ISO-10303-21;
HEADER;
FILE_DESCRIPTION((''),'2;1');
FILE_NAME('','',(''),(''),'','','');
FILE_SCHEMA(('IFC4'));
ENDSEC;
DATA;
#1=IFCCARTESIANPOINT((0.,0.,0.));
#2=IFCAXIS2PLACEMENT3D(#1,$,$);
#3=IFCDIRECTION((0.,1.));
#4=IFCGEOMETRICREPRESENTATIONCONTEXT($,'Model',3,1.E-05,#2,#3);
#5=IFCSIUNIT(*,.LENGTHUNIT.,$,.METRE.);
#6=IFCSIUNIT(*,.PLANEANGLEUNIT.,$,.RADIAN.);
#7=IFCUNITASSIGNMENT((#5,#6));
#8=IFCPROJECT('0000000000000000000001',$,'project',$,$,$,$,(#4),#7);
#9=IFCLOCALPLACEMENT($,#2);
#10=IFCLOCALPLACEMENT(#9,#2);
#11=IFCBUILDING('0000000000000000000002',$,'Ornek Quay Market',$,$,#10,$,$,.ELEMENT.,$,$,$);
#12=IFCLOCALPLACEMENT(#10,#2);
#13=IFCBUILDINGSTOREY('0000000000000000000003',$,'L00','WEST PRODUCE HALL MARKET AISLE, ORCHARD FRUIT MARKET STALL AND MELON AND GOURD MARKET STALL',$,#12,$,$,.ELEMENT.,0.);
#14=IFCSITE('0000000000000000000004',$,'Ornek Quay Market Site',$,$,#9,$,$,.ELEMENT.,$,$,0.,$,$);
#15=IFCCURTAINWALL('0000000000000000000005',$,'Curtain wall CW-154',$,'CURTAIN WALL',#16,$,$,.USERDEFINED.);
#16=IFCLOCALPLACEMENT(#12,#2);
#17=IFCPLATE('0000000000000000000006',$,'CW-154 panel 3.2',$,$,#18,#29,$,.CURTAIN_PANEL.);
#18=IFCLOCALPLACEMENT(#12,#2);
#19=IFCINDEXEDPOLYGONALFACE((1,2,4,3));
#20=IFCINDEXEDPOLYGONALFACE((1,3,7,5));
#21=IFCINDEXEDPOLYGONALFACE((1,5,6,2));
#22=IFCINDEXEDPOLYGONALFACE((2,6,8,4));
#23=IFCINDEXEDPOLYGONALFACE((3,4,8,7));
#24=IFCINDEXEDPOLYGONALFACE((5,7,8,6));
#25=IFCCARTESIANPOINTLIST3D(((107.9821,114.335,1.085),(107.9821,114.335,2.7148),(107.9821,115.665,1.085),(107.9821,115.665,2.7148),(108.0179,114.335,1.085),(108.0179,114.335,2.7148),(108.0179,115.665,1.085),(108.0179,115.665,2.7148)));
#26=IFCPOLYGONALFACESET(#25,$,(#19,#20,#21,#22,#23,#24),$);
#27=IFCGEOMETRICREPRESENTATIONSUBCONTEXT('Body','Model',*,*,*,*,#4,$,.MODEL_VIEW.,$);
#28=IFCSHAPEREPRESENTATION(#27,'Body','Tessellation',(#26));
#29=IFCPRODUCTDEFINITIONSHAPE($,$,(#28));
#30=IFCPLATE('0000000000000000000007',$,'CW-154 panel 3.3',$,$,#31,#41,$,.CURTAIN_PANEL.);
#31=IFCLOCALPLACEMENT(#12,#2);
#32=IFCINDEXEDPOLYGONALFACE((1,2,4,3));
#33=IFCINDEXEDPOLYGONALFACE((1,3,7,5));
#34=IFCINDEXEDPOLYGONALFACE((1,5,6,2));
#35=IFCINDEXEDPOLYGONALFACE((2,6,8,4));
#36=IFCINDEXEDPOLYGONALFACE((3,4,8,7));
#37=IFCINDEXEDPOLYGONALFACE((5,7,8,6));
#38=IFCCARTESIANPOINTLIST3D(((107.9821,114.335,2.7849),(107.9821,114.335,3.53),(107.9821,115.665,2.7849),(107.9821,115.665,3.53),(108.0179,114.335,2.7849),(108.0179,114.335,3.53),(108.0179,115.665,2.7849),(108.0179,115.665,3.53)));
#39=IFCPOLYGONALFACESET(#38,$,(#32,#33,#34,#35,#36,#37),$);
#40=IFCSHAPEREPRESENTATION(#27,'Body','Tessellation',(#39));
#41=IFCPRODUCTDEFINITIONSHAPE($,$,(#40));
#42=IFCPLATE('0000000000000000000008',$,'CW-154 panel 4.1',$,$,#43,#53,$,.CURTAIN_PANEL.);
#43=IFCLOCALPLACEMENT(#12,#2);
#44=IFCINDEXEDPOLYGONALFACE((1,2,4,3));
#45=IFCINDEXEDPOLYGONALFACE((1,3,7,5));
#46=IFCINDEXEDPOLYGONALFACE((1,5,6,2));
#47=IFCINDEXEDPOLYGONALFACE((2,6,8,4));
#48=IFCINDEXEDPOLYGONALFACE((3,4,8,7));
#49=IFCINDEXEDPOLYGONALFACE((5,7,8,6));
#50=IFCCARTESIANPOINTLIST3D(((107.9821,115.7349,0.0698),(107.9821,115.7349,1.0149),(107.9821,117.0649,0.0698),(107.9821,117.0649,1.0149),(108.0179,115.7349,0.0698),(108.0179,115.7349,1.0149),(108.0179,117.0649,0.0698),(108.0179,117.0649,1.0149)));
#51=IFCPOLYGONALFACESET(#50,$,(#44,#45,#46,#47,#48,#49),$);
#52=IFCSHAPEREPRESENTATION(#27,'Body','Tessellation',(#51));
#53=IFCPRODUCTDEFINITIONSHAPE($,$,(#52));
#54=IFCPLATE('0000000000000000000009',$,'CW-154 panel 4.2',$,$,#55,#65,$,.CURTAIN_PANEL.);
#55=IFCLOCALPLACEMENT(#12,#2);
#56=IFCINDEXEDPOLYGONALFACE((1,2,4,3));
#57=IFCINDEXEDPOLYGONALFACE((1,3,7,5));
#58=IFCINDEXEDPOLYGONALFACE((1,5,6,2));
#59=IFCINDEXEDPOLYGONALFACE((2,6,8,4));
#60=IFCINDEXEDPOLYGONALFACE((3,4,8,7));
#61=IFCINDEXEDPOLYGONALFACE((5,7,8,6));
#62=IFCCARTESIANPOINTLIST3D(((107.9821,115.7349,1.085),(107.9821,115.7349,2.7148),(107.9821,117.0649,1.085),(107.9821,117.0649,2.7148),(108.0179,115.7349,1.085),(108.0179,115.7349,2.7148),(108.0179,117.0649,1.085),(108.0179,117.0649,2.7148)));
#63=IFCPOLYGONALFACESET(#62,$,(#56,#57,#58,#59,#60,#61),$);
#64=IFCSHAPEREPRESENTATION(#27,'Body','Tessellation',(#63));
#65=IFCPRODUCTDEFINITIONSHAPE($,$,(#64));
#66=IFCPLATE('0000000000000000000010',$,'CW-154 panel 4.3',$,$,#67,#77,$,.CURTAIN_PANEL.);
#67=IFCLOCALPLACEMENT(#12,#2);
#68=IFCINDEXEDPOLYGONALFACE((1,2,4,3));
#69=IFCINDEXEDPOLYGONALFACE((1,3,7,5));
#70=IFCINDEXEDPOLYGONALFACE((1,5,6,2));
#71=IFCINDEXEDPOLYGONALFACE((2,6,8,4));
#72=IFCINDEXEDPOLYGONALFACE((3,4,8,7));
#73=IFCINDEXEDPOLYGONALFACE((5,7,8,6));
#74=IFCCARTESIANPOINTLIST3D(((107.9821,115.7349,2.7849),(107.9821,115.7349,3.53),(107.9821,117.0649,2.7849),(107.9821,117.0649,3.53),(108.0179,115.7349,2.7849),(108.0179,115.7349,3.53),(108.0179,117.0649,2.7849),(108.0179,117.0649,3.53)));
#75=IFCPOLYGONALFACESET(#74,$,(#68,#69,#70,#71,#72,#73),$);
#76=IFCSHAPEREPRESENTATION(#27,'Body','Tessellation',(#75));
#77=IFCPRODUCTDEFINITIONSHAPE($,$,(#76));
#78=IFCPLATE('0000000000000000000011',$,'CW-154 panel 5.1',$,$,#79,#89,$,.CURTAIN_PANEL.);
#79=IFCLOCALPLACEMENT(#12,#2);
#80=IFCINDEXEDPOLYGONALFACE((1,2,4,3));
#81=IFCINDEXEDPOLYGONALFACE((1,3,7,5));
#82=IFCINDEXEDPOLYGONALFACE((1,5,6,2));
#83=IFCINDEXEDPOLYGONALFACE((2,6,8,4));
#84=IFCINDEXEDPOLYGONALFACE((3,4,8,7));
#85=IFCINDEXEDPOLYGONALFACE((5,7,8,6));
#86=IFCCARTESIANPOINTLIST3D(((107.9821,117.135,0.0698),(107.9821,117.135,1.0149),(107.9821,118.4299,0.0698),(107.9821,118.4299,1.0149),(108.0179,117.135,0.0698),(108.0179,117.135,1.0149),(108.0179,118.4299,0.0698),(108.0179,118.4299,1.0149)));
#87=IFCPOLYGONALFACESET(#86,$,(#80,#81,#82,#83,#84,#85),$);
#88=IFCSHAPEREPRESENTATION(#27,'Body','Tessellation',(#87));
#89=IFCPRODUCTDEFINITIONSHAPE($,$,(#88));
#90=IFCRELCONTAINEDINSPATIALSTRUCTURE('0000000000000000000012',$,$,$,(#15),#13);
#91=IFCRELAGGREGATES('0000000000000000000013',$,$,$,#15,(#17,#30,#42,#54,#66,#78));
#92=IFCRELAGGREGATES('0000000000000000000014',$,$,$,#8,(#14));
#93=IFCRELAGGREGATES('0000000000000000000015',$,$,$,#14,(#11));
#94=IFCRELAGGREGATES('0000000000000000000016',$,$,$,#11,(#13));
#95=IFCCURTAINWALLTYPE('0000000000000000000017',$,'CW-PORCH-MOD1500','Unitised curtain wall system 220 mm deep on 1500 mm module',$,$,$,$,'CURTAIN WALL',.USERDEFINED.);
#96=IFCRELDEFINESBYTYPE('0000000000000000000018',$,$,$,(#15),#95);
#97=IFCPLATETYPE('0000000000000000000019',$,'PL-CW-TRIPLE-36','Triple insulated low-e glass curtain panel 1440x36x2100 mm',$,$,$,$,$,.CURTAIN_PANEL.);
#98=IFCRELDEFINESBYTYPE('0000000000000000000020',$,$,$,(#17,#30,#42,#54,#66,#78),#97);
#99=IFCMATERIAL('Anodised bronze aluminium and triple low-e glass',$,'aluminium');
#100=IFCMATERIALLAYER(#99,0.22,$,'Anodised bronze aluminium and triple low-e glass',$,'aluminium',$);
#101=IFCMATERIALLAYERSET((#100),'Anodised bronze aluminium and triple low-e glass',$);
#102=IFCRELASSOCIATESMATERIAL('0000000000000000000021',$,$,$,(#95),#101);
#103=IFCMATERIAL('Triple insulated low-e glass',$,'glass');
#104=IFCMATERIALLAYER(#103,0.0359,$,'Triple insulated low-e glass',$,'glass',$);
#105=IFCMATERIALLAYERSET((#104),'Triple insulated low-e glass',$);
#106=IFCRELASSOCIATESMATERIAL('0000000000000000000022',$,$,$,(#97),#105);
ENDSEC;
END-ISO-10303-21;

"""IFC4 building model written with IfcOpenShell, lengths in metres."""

from ifc_helpers import new_model, si_unit, direction, frame, origin, origin_2d, place, context, subcontext, project, spatial, rectangle, extrude, material, layer, layer_set, type_object, element, aggregate, save


model = new_model("IFC4")

# Units and contexts
model_context = context("Model", 3, precision=1e-05, world=origin(), true_north=direction((0.0, 1.0)))
body_context = subcontext(model_context, "Body", "Model", "MODEL_VIEW")
ifc_project = project(units=[si_unit("LENGTHUNIT", "METRE"), si_unit("PLANEANGLEUNIT", "RADIAN")], contexts=[model_context])

# Site, building, storey
site_placement = place(None, origin())
site = spatial("IfcSite", under=ifc_project, at=site_placement, Name="Ornek Quay Market Site", CompositionType="ELEMENT", RefElevation=0.0)
building_placement = place(site_placement, origin())
building = spatial("IfcBuilding", under=site, at=building_placement, Name="Ornek Quay Market", CompositionType="ELEMENT")
storey_placement = place(building_placement, origin())
storey = spatial("IfcBuildingStorey", under=building, at=storey_placement, Name="L00", Description="WEST PRODUCE HALL MARKET AISLE, ORCHARD FRUIT MARKET STALL AND MELON AND GOURD MARKET STALL", CompositionType="ELEMENT", Elevation=0.0)

# Curtain wall, plates
ifc_material_1 = material(Name="Anodised bronze aluminium and triple low-e glass", Category="aluminium")
ifc_layer_1 = layer(ifc_material_1, 0.22, Name="Anodised bronze aluminium and triple low-e glass", Category="aluminium")
ifc_layer_set_1 = layer_set([ifc_layer_1], Name="Anodised bronze aluminium and triple low-e glass")
curtain_wall_type = type_object("IfcCurtainWallType", Name="CW-PORCH-MOD1500", Description="Unitised curtain wall system 220 mm deep on 1500 mm module", ElementType="CURTAIN WALL", PredefinedType="USERDEFINED", material=ifc_layer_set_1)
curtain_wall_placement = place(storey_placement, origin())
curtain_wall = element("IfcCurtainWall", 1, at=curtain_wall_placement, inside=storey, type_object=curtain_wall_type, Name="Curtain wall CW-154", ObjectType="CURTAIN WALL", PredefinedType="USERDEFINED")
ifc_material_2 = material(Name="Triple insulated low-e glass", Category="glass")
ifc_layer_2 = layer(ifc_material_2, 0.0359, Name="Triple insulated low-e glass", Category="glass")
ifc_layer_set_2 = layer_set([ifc_layer_2], Name="Triple insulated low-e glass")
plate_type = type_object("IfcPlateType", Name="PL-CW-TRIPLE-36", Description="Triple insulated low-e glass curtain panel 1440x36x2100 mm", PredefinedType="CURTAIN_PANEL", material=ifc_layer_set_2)
plate_1_placement = place(storey_placement, frame((108.0, 115.0, 1.085), z_axis=(0.0, 0.0, 1.0), x_axis=(0.0, 1.0, 0.0)))
plate_1 = element("IfcPlate", 2, at=plate_1_placement, type_object=plate_type, Name="CW-154 panel 3.2", PredefinedType="CURTAIN_PANEL", context=body_context, shape_type="SweptSolid", body=[
    extrude(rectangle(XDim=1.3301, YDim=0.0359, at=origin_2d()), origin(), (0.0, 0.0, 1.0), 1.6299),
])
plate_2_placement = place(storey_placement, frame((108.0, 115.0, 2.7849), z_axis=(0.0, 0.0, 1.0), x_axis=(0.0, 1.0, 0.0)))
plate_2 = element("IfcPlate", 3, at=plate_2_placement, type_object=plate_type, Name="CW-154 panel 3.3", PredefinedType="CURTAIN_PANEL", context=body_context, shape_type="SweptSolid", body=[
    extrude(rectangle(XDim=1.3301, YDim=0.0359, at=origin_2d()), origin(), (0.0, 0.0, 1.0), 0.7451),
])
plate_3_placement = place(storey_placement, frame((108.0, 116.3999, 0.0698), z_axis=(0.0, 0.0, 1.0), x_axis=(0.0, 1.0, 0.0)))
plate_3 = element("IfcPlate", 4, at=plate_3_placement, type_object=plate_type, Name="CW-154 panel 4.1", PredefinedType="CURTAIN_PANEL", context=body_context, shape_type="SweptSolid", body=[
    extrude(rectangle(XDim=1.3301, YDim=0.0359, at=origin_2d()), origin(), (0.0, 0.0, 1.0), 0.9451),
])
plate_4_placement = place(storey_placement, frame((108.0, 116.3999, 1.085), z_axis=(0.0, 0.0, 1.0), x_axis=(0.0, 1.0, 0.0)))
plate_4 = element("IfcPlate", 5, at=plate_4_placement, type_object=plate_type, Name="CW-154 panel 4.2", PredefinedType="CURTAIN_PANEL", context=body_context, shape_type="SweptSolid", body=[
    extrude(rectangle(XDim=1.3301, YDim=0.0359, at=origin_2d()), origin(), (0.0, 0.0, 1.0), 1.6299),
])
plate_5_placement = place(storey_placement, frame((108.0, 116.3999, 2.7849), z_axis=(0.0, 0.0, 1.0), x_axis=(0.0, 1.0, 0.0)))
plate_5 = element("IfcPlate", 6, at=plate_5_placement, type_object=plate_type, Name="CW-154 panel 4.3", PredefinedType="CURTAIN_PANEL", context=body_context, shape_type="SweptSolid", body=[
    extrude(rectangle(XDim=1.3301, YDim=0.0359, at=origin_2d()), origin(), (0.0, 0.0, 1.0), 0.7451),
])
plate_6_placement = place(storey_placement, frame((108.0, 117.7825, 0.0698), z_axis=(0.0, 0.0, 1.0), x_axis=(0.0, 1.0, 0.0)))
plate_6 = element("IfcPlate", 7, at=plate_6_placement, type_object=plate_type, Name="CW-154 panel 5.1", PredefinedType="CURTAIN_PANEL", context=body_context, shape_type="SweptSolid", body=[
    extrude(rectangle(XDim=1.2949, YDim=0.0359, at=origin_2d()), origin(), (0.0, 0.0, 1.0), 0.9451),
])
aggregate(curtain_wall, [plate_1, plate_2, plate_3, plate_4, plate_5, plate_6])

save(model, "model.ifc")
